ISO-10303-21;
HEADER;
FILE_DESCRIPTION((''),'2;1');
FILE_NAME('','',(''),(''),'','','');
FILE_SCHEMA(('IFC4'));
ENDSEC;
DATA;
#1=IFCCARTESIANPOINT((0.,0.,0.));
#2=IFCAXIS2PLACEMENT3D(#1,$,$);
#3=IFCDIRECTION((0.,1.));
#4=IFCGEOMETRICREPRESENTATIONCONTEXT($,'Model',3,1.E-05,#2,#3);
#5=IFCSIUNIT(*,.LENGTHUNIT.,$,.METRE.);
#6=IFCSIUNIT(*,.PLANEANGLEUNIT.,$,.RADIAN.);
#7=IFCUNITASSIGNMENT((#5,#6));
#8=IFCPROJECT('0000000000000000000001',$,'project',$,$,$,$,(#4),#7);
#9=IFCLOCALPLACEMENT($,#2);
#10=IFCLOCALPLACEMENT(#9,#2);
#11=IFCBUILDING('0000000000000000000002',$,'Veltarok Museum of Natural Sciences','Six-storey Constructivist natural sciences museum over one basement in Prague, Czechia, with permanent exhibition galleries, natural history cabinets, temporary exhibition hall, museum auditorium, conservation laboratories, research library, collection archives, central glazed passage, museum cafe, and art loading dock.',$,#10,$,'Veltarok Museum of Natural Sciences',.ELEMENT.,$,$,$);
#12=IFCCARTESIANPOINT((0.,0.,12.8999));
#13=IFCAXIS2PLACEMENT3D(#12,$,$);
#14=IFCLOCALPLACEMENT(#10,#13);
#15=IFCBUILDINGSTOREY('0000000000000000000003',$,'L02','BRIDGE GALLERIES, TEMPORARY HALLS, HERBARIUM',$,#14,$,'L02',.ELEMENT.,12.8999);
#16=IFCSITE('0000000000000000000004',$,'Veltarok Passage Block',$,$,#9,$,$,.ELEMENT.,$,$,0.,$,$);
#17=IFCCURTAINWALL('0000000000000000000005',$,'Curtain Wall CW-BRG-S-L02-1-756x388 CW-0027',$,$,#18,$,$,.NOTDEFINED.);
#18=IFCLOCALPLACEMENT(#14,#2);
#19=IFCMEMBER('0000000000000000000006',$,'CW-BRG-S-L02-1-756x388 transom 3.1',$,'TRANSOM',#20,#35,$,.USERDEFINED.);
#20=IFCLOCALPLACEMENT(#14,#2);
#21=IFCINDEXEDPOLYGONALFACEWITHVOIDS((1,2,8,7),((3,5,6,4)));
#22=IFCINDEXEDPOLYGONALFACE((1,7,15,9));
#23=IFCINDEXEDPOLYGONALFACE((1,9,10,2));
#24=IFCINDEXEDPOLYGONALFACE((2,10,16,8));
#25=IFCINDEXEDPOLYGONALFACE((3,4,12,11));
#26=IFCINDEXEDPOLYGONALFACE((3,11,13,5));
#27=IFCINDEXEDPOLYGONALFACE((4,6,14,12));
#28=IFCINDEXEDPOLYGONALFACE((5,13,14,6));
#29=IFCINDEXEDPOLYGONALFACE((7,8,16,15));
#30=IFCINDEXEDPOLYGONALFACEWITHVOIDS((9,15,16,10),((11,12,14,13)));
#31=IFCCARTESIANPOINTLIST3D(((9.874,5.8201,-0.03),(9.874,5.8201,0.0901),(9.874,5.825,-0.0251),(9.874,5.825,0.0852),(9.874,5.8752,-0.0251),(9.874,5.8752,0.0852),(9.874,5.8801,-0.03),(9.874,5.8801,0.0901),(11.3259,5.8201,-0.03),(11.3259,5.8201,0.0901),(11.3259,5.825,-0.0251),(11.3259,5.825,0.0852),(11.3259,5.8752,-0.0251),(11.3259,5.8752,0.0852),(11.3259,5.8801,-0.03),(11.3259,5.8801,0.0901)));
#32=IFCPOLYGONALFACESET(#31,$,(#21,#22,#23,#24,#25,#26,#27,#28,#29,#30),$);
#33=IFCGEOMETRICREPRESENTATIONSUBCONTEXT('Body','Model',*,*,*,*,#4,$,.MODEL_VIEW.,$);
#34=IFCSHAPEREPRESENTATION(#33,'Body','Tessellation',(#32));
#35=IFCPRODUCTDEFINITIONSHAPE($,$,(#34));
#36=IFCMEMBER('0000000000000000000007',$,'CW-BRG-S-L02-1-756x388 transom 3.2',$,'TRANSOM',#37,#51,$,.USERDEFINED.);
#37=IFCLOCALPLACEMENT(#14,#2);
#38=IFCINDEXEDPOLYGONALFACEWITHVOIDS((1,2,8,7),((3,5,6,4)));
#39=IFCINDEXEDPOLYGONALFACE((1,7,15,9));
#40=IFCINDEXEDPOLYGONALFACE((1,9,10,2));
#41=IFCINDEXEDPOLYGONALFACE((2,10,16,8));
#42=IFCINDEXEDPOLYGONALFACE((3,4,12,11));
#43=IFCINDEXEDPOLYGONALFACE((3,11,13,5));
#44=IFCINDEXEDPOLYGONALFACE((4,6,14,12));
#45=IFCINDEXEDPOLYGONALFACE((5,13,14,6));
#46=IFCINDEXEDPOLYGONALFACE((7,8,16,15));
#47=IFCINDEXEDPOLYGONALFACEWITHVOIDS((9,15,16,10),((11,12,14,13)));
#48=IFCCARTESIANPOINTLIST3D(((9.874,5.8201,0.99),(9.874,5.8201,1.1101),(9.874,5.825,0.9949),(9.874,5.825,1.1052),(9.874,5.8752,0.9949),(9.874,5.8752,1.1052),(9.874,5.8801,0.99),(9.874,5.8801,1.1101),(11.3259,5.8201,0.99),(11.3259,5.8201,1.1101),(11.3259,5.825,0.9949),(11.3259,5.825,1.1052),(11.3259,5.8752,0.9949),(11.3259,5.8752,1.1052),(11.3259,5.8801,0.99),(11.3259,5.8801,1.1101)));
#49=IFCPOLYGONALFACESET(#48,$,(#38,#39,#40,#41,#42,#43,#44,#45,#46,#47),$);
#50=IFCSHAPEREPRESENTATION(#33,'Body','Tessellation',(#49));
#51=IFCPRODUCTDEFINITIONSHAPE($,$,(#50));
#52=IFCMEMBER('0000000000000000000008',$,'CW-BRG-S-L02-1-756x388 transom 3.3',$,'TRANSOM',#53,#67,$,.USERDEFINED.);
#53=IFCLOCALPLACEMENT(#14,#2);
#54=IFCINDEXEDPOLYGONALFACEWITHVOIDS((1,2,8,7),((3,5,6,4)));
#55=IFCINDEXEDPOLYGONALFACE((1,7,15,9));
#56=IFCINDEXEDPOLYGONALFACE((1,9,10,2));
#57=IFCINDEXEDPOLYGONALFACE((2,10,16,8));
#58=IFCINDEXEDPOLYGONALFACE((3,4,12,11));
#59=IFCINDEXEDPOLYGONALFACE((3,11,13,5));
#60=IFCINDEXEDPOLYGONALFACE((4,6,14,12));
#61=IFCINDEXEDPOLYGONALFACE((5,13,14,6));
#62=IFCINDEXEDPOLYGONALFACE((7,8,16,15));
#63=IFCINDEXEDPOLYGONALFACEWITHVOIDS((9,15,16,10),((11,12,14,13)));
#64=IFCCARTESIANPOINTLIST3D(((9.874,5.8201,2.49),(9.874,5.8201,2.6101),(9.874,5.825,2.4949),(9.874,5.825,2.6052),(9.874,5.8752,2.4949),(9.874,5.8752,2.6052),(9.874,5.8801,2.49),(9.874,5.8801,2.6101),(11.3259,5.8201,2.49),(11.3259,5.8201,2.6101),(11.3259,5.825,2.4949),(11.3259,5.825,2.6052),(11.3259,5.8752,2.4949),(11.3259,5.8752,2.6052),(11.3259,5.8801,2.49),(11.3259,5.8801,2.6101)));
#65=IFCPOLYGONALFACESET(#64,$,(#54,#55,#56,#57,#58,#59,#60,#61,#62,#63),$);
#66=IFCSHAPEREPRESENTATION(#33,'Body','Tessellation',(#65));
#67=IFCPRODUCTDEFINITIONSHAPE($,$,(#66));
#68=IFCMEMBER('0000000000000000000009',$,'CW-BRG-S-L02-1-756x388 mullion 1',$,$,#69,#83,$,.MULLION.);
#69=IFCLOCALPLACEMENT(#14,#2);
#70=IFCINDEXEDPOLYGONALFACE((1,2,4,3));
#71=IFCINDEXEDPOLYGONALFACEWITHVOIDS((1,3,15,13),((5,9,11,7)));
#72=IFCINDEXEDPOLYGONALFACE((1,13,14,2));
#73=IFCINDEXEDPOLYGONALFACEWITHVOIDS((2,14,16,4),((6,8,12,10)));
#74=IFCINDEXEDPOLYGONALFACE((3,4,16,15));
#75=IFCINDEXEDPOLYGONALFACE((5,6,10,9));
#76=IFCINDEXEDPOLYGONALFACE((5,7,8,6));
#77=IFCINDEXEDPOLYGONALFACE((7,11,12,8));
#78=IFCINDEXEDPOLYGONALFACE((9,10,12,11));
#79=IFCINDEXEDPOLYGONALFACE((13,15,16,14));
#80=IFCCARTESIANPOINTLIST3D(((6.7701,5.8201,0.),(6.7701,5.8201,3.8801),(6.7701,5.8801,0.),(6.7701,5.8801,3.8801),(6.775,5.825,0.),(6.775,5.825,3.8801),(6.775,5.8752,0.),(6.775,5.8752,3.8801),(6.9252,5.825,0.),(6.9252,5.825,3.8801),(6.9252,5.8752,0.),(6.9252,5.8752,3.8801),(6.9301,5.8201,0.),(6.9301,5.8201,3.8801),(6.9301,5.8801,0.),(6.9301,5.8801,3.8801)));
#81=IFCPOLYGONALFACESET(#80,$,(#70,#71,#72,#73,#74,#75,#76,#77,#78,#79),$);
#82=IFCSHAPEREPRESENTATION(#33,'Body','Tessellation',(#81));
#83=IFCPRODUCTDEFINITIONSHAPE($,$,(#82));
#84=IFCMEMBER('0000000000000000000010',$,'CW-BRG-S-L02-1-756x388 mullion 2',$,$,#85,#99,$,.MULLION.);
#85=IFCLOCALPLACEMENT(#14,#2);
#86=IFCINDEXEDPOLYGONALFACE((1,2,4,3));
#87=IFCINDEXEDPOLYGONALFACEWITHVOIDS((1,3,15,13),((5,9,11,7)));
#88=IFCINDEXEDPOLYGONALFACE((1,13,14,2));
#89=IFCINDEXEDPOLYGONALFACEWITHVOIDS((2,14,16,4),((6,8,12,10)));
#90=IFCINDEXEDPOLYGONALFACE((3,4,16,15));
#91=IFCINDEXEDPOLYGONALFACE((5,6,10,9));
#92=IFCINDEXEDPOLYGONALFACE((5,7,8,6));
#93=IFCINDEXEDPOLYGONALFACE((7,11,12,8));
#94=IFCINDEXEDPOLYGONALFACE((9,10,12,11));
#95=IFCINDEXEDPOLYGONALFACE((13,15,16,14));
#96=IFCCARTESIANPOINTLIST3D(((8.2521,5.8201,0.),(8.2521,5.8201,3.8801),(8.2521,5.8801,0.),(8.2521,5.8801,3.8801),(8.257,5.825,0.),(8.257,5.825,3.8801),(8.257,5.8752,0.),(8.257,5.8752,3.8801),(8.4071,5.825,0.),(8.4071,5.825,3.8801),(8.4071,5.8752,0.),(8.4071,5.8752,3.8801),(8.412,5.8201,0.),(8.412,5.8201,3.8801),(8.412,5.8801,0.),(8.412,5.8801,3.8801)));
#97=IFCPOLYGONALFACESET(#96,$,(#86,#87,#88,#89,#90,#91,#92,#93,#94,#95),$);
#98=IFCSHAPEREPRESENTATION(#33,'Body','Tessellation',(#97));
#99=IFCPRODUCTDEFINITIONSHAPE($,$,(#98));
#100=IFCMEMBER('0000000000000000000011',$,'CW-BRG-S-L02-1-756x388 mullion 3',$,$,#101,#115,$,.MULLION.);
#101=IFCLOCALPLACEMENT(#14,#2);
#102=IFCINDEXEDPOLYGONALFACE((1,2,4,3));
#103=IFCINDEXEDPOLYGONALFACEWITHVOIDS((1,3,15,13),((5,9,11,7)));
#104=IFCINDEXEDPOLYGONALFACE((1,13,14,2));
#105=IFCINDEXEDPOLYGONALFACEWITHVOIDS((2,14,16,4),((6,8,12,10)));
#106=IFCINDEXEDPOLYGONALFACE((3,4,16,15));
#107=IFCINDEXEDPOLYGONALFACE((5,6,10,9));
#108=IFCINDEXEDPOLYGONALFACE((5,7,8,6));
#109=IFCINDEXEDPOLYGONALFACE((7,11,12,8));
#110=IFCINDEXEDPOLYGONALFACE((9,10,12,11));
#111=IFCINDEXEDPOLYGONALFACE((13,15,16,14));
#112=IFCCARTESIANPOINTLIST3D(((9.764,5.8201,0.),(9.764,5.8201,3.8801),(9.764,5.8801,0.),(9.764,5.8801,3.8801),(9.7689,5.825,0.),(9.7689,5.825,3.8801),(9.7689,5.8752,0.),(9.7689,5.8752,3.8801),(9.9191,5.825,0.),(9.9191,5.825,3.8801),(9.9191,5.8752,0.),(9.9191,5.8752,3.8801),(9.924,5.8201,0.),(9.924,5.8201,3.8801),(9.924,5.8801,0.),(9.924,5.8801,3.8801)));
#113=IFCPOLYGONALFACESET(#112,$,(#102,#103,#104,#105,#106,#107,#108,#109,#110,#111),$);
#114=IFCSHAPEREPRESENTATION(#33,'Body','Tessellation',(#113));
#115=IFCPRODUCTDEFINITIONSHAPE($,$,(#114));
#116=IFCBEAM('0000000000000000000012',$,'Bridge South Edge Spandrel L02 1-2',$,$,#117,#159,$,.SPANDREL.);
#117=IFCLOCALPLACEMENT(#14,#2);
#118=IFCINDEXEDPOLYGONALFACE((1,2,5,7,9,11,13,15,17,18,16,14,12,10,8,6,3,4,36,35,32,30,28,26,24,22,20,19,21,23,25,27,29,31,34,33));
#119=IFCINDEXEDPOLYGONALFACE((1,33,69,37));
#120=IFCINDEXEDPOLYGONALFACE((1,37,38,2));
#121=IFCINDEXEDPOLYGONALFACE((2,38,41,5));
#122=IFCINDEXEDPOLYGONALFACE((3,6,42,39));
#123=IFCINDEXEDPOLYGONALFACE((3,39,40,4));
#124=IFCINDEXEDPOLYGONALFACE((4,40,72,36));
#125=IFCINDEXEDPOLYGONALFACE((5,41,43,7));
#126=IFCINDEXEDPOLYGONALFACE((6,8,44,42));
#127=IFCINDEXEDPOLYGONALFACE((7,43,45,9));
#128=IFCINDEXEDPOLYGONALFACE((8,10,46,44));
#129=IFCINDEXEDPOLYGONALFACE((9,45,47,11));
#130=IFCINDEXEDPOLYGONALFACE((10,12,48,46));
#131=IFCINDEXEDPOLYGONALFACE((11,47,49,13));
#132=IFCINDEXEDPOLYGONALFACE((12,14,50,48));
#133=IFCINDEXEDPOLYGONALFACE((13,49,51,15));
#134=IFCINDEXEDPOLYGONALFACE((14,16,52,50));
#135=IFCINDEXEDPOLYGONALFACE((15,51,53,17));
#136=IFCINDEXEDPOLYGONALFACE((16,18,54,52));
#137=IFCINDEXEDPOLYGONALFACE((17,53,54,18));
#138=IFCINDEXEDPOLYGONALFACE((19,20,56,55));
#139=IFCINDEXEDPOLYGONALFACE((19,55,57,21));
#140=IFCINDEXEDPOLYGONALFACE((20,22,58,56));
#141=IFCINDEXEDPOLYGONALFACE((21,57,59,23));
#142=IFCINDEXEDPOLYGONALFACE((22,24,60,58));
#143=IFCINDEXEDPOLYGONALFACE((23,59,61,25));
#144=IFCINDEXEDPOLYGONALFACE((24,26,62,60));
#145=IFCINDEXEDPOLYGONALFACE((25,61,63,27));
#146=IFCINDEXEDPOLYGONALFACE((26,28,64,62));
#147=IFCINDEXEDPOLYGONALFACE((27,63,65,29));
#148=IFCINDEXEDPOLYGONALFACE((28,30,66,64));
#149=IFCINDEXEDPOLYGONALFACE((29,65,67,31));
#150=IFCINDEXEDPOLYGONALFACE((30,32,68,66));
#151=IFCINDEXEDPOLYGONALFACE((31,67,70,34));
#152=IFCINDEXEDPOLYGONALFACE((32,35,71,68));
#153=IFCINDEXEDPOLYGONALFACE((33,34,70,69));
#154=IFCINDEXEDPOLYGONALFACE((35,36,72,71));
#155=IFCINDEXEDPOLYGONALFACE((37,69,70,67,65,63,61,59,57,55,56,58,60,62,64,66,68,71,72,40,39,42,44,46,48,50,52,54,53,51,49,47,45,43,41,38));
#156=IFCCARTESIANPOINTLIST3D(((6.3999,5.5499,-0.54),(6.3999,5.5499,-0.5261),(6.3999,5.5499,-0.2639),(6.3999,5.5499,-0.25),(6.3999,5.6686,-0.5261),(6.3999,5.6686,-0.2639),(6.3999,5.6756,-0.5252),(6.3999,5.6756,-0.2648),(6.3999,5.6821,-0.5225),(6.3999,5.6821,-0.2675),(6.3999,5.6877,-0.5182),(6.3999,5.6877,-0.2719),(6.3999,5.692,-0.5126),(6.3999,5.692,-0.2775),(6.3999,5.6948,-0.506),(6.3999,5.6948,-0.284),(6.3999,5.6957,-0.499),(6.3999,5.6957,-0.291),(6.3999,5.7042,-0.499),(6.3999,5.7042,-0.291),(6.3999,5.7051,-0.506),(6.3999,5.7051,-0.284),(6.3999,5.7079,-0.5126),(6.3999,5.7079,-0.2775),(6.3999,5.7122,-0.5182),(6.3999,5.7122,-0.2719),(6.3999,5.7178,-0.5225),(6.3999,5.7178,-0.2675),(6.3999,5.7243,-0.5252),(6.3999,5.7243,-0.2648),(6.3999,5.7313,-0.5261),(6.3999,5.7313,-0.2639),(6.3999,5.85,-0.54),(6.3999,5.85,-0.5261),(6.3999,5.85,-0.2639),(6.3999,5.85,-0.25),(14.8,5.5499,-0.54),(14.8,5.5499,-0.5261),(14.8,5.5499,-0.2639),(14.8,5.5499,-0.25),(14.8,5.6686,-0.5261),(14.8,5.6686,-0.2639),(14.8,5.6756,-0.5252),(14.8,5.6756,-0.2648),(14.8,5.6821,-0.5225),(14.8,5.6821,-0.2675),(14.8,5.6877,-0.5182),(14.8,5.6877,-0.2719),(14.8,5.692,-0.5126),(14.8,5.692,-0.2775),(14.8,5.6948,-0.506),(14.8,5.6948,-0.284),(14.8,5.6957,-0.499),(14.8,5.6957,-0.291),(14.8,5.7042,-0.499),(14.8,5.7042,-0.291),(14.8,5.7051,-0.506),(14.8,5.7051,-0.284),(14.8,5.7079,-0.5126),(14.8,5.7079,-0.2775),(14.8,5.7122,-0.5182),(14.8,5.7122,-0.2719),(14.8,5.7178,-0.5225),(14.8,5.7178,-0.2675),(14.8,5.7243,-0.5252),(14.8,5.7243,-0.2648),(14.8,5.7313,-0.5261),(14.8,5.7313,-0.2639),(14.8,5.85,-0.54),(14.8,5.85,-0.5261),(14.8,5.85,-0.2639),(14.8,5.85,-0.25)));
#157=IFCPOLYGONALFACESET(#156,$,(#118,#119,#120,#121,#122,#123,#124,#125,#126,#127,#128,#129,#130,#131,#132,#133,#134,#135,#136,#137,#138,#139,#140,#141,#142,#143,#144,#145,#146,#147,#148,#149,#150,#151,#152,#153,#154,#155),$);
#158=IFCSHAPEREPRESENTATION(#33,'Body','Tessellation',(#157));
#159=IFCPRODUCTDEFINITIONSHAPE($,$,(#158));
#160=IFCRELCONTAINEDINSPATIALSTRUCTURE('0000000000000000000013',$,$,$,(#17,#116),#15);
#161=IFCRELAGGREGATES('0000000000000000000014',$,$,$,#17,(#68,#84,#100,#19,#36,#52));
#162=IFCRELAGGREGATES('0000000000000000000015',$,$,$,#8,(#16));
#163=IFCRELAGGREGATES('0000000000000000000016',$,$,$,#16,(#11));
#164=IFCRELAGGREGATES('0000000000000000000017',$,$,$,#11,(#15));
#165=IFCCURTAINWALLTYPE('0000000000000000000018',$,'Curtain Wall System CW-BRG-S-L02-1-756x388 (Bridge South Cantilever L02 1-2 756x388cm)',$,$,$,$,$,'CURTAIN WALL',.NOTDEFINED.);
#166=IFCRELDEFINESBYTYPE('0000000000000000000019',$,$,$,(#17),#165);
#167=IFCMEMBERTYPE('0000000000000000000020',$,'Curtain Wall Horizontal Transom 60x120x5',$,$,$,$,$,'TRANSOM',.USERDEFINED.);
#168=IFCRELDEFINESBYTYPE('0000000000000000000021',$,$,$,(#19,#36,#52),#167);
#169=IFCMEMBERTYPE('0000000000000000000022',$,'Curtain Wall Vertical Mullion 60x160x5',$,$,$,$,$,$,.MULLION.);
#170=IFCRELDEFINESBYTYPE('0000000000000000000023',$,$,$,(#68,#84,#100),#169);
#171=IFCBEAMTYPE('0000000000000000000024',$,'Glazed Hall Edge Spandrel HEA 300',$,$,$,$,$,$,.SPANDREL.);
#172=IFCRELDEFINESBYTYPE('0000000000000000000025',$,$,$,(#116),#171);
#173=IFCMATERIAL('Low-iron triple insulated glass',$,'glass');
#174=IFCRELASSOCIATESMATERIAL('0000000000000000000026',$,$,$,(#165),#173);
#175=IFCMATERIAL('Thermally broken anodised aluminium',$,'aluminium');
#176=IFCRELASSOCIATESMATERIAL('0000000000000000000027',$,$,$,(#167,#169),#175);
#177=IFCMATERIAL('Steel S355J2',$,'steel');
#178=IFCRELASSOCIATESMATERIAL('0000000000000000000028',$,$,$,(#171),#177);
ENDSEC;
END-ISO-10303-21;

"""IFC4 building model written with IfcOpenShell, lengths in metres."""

from ifc_helpers import new_model, si_unit, direction, frame, origin, origin_2d, place, context, subcontext, project, spatial, hollow_rectangle, i_section, extrude, material, material_profile, profile_set, type_object, element, aggregate, save


model = new_model("IFC4")

# Units and contexts
model_context = context("Model", 3, precision=1e-05, world=origin(), true_north=direction((0.0, 1.0)))
body_context = subcontext(model_context, "Body", "Model", "MODEL_VIEW")
ifc_project = project(units=[si_unit("LENGTHUNIT", "METRE"), si_unit("PLANEANGLEUNIT", "RADIAN")], contexts=[model_context])

# Site, building, storey
site_placement = place(None, origin())
site = spatial("IfcSite", under=ifc_project, at=site_placement, Name="Veltarok Passage Block", CompositionType="ELEMENT", RefElevation=0.0)
building_placement = place(site_placement, origin())
building = spatial("IfcBuilding", under=site, at=building_placement, Name="Veltarok Museum of Natural Sciences", Description="Six-storey Constructivist natural sciences museum over one basement in Prague, Czechia, with permanent exhibition galleries, natural history cabinets, temporary exhibition hall, museum auditorium, conservation laboratories, research library, collection archives, central glazed passage, museum cafe, and art loading dock.", LongName="Veltarok Museum of Natural Sciences", CompositionType="ELEMENT")
storey_placement = place(building_placement, frame((0.0, 0.0, 12.8999)))
storey = spatial("IfcBuildingStorey", under=building, at=storey_placement, Name="L02", Description="BRIDGE GALLERIES, TEMPORARY HALLS, HERBARIUM", LongName="L02", CompositionType="ELEMENT", Elevation=12.8999)

# Shared definitions
ifc_material_1 = material(Name="Steel S355J2", Category="steel")

# Curtain wall, members
ifc_material_2 = material(Name="Low-iron triple insulated glass", Category="glass")
curtain_wall_type = type_object("IfcCurtainWallType", Name="Curtain Wall System CW-BRG-S-L02-1-756x388 (Bridge South Cantilever L02 1-2 756x388cm)", ElementType="CURTAIN WALL", PredefinedType="NOTDEFINED", material=ifc_material_2)
curtain_wall_placement = place(storey_placement, origin())
curtain_wall = element("IfcCurtainWall", 1, at=curtain_wall_placement, inside=storey, type_object=curtain_wall_type, Name="Curtain Wall CW-BRG-S-L02-1-756x388 CW-0027", PredefinedType="NOTDEFINED")
ifc_material_3 = material(Name="Thermally broken anodised aluminium", Category="aluminium")
ifc_material_profile_1 = material_profile(ifc_material_3, hollow_rectangle(XDim=0.0601, YDim=0.1201, WallThickness=0.0049, at=origin_2d()), Name="CW TRANSOM 60x120x5")
ifc_profile_set_1 = profile_set([ifc_material_profile_1], Name="Thermally broken anodised aluminium")
member_type_1 = type_object("IfcMemberType", Name="Curtain Wall Horizontal Transom 60x120x5", ElementType="TRANSOM", PredefinedType="USERDEFINED", material=ifc_profile_set_1)
member_1_placement = place(storey_placement, frame((9.874, 5.8501, 0.03), z_axis=(1.0, 0.0, 0.0), x_axis=(0.0, 1.0, 0.0)))
member_1 = element("IfcMember", 2, at=member_1_placement, type_object=member_type_1, Name="CW-BRG-S-L02-1-756x388 transom 3.1", ObjectType="TRANSOM", PredefinedType="USERDEFINED", context=body_context, shape_type="SweptSolid", body=[
    extrude(hollow_rectangle(XDim=0.0601, YDim=0.1201, WallThickness=0.0049, at=origin_2d()), origin(), (0.0, 0.0, 1.0), 1.4519),
])
member_2_placement = place(storey_placement, frame((9.874, 5.8501, 1.05), z_axis=(1.0, 0.0, 0.0), x_axis=(0.0, 1.0, 0.0)))
member_2 = element("IfcMember", 3, at=member_2_placement, type_object=member_type_1, Name="CW-BRG-S-L02-1-756x388 transom 3.2", ObjectType="TRANSOM", PredefinedType="USERDEFINED", context=body_context, shape_type="SweptSolid", body=[
    extrude(hollow_rectangle(XDim=0.0601, YDim=0.1201, WallThickness=0.0049, at=origin_2d()), origin(), (0.0, 0.0, 1.0), 1.4519),
])
member_3_placement = place(storey_placement, frame((9.874, 5.8501, 2.55), z_axis=(1.0, 0.0, 0.0), x_axis=(0.0, 1.0, 0.0)))
member_3 = element("IfcMember", 4, at=member_3_placement, type_object=member_type_1, Name="CW-BRG-S-L02-1-756x388 transom 3.3", ObjectType="TRANSOM", PredefinedType="USERDEFINED", context=body_context, shape_type="SweptSolid", body=[
    extrude(hollow_rectangle(XDim=0.0601, YDim=0.1201, WallThickness=0.0049, at=origin_2d()), origin(), (0.0, 0.0, 1.0), 1.4519),
])
ifc_material_profile_2 = material_profile(ifc_material_3, hollow_rectangle(XDim=0.0601, YDim=0.1599, WallThickness=0.0049, at=origin_2d()), Name="CW MULLION 60x160x5")
ifc_profile_set_2 = profile_set([ifc_material_profile_2], Name="Thermally broken anodised aluminium")
member_type_2 = type_object("IfcMemberType", Name="Curtain Wall Vertical Mullion 60x160x5", PredefinedType="MULLION", material=ifc_profile_set_2)
member_4_placement = place(storey_placement, frame((6.8501, 5.8501, 0.0), z_axis=(0.0, 0.0, 1.0), x_axis=(0.0, 1.0, 0.0)))
member_4 = element("IfcMember", 5, at=member_4_placement, type_object=member_type_2, Name="CW-BRG-S-L02-1-756x388 mullion 1", PredefinedType="MULLION", context=body_context, shape_type="SweptSolid", body=[
    extrude(hollow_rectangle(XDim=0.0601, YDim=0.1599, WallThickness=0.0049, at=origin_2d()), origin(), (0.0, 0.0, 1.0), 3.8801),
])
member_5_placement = place(storey_placement, frame((8.332, 5.8501, 0.0), z_axis=(0.0, 0.0, 1.0), x_axis=(0.0, 1.0, 0.0)))
member_5 = element("IfcMember", 6, at=member_5_placement, type_object=member_type_2, Name="CW-BRG-S-L02-1-756x388 mullion 2", PredefinedType="MULLION", context=body_context, shape_type="SweptSolid", body=[
    extrude(hollow_rectangle(XDim=0.0601, YDim=0.1599, WallThickness=0.0049, at=origin_2d()), origin(), (0.0, 0.0, 1.0), 3.8801),
])
member_6_placement = place(storey_placement, frame((9.844, 5.8501, 0.0), z_axis=(0.0, 0.0, 1.0), x_axis=(0.0, 1.0, 0.0)))
member_6 = element("IfcMember", 7, at=member_6_placement, type_object=member_type_2, Name="CW-BRG-S-L02-1-756x388 mullion 3", PredefinedType="MULLION", context=body_context, shape_type="SweptSolid", body=[
    extrude(hollow_rectangle(XDim=0.0601, YDim=0.1599, WallThickness=0.0049, at=origin_2d()), origin(), (0.0, 0.0, 1.0), 3.8801),
])

# Beam
ifc_material_profile_3 = material_profile(ifc_material_1, i_section(OverallWidth=0.3, OverallDepth=0.29, WebThickness=0.0085, FlangeThickness=0.0139, FilletRadius=0.0271, at=origin_2d()), Name="HEA 300")
ifc_profile_set_3 = profile_set([ifc_material_profile_3], Name="Steel S355J2")
beam_type_1 = type_object("IfcBeamType", Name="Glazed Hall Edge Spandrel HEA 300", PredefinedType="SPANDREL", material=ifc_profile_set_3)
beam_1_placement = place(storey_placement, frame((6.3999, 5.7, -0.395), z_axis=(1.0, 0.0, 0.0), x_axis=(0.0, 1.0, 0.0)))
element("IfcBeam", 8, at=beam_1_placement, inside=storey, type_object=beam_type_1, Name="Bridge South Edge Spandrel L02 1-2", PredefinedType="SPANDREL", context=body_context, shape_type="SweptSolid", body=[
    extrude(i_section(OverallWidth=0.3, OverallDepth=0.29, WebThickness=0.0085, FlangeThickness=0.0139, FilletRadius=0.0271, at=origin_2d()), origin(), (0.0, 0.0, 1.0), 8.4001),
])

aggregate(curtain_wall, [member_4, member_5, member_6, member_1, member_2, member_3])

save(model, "model.ifc")
